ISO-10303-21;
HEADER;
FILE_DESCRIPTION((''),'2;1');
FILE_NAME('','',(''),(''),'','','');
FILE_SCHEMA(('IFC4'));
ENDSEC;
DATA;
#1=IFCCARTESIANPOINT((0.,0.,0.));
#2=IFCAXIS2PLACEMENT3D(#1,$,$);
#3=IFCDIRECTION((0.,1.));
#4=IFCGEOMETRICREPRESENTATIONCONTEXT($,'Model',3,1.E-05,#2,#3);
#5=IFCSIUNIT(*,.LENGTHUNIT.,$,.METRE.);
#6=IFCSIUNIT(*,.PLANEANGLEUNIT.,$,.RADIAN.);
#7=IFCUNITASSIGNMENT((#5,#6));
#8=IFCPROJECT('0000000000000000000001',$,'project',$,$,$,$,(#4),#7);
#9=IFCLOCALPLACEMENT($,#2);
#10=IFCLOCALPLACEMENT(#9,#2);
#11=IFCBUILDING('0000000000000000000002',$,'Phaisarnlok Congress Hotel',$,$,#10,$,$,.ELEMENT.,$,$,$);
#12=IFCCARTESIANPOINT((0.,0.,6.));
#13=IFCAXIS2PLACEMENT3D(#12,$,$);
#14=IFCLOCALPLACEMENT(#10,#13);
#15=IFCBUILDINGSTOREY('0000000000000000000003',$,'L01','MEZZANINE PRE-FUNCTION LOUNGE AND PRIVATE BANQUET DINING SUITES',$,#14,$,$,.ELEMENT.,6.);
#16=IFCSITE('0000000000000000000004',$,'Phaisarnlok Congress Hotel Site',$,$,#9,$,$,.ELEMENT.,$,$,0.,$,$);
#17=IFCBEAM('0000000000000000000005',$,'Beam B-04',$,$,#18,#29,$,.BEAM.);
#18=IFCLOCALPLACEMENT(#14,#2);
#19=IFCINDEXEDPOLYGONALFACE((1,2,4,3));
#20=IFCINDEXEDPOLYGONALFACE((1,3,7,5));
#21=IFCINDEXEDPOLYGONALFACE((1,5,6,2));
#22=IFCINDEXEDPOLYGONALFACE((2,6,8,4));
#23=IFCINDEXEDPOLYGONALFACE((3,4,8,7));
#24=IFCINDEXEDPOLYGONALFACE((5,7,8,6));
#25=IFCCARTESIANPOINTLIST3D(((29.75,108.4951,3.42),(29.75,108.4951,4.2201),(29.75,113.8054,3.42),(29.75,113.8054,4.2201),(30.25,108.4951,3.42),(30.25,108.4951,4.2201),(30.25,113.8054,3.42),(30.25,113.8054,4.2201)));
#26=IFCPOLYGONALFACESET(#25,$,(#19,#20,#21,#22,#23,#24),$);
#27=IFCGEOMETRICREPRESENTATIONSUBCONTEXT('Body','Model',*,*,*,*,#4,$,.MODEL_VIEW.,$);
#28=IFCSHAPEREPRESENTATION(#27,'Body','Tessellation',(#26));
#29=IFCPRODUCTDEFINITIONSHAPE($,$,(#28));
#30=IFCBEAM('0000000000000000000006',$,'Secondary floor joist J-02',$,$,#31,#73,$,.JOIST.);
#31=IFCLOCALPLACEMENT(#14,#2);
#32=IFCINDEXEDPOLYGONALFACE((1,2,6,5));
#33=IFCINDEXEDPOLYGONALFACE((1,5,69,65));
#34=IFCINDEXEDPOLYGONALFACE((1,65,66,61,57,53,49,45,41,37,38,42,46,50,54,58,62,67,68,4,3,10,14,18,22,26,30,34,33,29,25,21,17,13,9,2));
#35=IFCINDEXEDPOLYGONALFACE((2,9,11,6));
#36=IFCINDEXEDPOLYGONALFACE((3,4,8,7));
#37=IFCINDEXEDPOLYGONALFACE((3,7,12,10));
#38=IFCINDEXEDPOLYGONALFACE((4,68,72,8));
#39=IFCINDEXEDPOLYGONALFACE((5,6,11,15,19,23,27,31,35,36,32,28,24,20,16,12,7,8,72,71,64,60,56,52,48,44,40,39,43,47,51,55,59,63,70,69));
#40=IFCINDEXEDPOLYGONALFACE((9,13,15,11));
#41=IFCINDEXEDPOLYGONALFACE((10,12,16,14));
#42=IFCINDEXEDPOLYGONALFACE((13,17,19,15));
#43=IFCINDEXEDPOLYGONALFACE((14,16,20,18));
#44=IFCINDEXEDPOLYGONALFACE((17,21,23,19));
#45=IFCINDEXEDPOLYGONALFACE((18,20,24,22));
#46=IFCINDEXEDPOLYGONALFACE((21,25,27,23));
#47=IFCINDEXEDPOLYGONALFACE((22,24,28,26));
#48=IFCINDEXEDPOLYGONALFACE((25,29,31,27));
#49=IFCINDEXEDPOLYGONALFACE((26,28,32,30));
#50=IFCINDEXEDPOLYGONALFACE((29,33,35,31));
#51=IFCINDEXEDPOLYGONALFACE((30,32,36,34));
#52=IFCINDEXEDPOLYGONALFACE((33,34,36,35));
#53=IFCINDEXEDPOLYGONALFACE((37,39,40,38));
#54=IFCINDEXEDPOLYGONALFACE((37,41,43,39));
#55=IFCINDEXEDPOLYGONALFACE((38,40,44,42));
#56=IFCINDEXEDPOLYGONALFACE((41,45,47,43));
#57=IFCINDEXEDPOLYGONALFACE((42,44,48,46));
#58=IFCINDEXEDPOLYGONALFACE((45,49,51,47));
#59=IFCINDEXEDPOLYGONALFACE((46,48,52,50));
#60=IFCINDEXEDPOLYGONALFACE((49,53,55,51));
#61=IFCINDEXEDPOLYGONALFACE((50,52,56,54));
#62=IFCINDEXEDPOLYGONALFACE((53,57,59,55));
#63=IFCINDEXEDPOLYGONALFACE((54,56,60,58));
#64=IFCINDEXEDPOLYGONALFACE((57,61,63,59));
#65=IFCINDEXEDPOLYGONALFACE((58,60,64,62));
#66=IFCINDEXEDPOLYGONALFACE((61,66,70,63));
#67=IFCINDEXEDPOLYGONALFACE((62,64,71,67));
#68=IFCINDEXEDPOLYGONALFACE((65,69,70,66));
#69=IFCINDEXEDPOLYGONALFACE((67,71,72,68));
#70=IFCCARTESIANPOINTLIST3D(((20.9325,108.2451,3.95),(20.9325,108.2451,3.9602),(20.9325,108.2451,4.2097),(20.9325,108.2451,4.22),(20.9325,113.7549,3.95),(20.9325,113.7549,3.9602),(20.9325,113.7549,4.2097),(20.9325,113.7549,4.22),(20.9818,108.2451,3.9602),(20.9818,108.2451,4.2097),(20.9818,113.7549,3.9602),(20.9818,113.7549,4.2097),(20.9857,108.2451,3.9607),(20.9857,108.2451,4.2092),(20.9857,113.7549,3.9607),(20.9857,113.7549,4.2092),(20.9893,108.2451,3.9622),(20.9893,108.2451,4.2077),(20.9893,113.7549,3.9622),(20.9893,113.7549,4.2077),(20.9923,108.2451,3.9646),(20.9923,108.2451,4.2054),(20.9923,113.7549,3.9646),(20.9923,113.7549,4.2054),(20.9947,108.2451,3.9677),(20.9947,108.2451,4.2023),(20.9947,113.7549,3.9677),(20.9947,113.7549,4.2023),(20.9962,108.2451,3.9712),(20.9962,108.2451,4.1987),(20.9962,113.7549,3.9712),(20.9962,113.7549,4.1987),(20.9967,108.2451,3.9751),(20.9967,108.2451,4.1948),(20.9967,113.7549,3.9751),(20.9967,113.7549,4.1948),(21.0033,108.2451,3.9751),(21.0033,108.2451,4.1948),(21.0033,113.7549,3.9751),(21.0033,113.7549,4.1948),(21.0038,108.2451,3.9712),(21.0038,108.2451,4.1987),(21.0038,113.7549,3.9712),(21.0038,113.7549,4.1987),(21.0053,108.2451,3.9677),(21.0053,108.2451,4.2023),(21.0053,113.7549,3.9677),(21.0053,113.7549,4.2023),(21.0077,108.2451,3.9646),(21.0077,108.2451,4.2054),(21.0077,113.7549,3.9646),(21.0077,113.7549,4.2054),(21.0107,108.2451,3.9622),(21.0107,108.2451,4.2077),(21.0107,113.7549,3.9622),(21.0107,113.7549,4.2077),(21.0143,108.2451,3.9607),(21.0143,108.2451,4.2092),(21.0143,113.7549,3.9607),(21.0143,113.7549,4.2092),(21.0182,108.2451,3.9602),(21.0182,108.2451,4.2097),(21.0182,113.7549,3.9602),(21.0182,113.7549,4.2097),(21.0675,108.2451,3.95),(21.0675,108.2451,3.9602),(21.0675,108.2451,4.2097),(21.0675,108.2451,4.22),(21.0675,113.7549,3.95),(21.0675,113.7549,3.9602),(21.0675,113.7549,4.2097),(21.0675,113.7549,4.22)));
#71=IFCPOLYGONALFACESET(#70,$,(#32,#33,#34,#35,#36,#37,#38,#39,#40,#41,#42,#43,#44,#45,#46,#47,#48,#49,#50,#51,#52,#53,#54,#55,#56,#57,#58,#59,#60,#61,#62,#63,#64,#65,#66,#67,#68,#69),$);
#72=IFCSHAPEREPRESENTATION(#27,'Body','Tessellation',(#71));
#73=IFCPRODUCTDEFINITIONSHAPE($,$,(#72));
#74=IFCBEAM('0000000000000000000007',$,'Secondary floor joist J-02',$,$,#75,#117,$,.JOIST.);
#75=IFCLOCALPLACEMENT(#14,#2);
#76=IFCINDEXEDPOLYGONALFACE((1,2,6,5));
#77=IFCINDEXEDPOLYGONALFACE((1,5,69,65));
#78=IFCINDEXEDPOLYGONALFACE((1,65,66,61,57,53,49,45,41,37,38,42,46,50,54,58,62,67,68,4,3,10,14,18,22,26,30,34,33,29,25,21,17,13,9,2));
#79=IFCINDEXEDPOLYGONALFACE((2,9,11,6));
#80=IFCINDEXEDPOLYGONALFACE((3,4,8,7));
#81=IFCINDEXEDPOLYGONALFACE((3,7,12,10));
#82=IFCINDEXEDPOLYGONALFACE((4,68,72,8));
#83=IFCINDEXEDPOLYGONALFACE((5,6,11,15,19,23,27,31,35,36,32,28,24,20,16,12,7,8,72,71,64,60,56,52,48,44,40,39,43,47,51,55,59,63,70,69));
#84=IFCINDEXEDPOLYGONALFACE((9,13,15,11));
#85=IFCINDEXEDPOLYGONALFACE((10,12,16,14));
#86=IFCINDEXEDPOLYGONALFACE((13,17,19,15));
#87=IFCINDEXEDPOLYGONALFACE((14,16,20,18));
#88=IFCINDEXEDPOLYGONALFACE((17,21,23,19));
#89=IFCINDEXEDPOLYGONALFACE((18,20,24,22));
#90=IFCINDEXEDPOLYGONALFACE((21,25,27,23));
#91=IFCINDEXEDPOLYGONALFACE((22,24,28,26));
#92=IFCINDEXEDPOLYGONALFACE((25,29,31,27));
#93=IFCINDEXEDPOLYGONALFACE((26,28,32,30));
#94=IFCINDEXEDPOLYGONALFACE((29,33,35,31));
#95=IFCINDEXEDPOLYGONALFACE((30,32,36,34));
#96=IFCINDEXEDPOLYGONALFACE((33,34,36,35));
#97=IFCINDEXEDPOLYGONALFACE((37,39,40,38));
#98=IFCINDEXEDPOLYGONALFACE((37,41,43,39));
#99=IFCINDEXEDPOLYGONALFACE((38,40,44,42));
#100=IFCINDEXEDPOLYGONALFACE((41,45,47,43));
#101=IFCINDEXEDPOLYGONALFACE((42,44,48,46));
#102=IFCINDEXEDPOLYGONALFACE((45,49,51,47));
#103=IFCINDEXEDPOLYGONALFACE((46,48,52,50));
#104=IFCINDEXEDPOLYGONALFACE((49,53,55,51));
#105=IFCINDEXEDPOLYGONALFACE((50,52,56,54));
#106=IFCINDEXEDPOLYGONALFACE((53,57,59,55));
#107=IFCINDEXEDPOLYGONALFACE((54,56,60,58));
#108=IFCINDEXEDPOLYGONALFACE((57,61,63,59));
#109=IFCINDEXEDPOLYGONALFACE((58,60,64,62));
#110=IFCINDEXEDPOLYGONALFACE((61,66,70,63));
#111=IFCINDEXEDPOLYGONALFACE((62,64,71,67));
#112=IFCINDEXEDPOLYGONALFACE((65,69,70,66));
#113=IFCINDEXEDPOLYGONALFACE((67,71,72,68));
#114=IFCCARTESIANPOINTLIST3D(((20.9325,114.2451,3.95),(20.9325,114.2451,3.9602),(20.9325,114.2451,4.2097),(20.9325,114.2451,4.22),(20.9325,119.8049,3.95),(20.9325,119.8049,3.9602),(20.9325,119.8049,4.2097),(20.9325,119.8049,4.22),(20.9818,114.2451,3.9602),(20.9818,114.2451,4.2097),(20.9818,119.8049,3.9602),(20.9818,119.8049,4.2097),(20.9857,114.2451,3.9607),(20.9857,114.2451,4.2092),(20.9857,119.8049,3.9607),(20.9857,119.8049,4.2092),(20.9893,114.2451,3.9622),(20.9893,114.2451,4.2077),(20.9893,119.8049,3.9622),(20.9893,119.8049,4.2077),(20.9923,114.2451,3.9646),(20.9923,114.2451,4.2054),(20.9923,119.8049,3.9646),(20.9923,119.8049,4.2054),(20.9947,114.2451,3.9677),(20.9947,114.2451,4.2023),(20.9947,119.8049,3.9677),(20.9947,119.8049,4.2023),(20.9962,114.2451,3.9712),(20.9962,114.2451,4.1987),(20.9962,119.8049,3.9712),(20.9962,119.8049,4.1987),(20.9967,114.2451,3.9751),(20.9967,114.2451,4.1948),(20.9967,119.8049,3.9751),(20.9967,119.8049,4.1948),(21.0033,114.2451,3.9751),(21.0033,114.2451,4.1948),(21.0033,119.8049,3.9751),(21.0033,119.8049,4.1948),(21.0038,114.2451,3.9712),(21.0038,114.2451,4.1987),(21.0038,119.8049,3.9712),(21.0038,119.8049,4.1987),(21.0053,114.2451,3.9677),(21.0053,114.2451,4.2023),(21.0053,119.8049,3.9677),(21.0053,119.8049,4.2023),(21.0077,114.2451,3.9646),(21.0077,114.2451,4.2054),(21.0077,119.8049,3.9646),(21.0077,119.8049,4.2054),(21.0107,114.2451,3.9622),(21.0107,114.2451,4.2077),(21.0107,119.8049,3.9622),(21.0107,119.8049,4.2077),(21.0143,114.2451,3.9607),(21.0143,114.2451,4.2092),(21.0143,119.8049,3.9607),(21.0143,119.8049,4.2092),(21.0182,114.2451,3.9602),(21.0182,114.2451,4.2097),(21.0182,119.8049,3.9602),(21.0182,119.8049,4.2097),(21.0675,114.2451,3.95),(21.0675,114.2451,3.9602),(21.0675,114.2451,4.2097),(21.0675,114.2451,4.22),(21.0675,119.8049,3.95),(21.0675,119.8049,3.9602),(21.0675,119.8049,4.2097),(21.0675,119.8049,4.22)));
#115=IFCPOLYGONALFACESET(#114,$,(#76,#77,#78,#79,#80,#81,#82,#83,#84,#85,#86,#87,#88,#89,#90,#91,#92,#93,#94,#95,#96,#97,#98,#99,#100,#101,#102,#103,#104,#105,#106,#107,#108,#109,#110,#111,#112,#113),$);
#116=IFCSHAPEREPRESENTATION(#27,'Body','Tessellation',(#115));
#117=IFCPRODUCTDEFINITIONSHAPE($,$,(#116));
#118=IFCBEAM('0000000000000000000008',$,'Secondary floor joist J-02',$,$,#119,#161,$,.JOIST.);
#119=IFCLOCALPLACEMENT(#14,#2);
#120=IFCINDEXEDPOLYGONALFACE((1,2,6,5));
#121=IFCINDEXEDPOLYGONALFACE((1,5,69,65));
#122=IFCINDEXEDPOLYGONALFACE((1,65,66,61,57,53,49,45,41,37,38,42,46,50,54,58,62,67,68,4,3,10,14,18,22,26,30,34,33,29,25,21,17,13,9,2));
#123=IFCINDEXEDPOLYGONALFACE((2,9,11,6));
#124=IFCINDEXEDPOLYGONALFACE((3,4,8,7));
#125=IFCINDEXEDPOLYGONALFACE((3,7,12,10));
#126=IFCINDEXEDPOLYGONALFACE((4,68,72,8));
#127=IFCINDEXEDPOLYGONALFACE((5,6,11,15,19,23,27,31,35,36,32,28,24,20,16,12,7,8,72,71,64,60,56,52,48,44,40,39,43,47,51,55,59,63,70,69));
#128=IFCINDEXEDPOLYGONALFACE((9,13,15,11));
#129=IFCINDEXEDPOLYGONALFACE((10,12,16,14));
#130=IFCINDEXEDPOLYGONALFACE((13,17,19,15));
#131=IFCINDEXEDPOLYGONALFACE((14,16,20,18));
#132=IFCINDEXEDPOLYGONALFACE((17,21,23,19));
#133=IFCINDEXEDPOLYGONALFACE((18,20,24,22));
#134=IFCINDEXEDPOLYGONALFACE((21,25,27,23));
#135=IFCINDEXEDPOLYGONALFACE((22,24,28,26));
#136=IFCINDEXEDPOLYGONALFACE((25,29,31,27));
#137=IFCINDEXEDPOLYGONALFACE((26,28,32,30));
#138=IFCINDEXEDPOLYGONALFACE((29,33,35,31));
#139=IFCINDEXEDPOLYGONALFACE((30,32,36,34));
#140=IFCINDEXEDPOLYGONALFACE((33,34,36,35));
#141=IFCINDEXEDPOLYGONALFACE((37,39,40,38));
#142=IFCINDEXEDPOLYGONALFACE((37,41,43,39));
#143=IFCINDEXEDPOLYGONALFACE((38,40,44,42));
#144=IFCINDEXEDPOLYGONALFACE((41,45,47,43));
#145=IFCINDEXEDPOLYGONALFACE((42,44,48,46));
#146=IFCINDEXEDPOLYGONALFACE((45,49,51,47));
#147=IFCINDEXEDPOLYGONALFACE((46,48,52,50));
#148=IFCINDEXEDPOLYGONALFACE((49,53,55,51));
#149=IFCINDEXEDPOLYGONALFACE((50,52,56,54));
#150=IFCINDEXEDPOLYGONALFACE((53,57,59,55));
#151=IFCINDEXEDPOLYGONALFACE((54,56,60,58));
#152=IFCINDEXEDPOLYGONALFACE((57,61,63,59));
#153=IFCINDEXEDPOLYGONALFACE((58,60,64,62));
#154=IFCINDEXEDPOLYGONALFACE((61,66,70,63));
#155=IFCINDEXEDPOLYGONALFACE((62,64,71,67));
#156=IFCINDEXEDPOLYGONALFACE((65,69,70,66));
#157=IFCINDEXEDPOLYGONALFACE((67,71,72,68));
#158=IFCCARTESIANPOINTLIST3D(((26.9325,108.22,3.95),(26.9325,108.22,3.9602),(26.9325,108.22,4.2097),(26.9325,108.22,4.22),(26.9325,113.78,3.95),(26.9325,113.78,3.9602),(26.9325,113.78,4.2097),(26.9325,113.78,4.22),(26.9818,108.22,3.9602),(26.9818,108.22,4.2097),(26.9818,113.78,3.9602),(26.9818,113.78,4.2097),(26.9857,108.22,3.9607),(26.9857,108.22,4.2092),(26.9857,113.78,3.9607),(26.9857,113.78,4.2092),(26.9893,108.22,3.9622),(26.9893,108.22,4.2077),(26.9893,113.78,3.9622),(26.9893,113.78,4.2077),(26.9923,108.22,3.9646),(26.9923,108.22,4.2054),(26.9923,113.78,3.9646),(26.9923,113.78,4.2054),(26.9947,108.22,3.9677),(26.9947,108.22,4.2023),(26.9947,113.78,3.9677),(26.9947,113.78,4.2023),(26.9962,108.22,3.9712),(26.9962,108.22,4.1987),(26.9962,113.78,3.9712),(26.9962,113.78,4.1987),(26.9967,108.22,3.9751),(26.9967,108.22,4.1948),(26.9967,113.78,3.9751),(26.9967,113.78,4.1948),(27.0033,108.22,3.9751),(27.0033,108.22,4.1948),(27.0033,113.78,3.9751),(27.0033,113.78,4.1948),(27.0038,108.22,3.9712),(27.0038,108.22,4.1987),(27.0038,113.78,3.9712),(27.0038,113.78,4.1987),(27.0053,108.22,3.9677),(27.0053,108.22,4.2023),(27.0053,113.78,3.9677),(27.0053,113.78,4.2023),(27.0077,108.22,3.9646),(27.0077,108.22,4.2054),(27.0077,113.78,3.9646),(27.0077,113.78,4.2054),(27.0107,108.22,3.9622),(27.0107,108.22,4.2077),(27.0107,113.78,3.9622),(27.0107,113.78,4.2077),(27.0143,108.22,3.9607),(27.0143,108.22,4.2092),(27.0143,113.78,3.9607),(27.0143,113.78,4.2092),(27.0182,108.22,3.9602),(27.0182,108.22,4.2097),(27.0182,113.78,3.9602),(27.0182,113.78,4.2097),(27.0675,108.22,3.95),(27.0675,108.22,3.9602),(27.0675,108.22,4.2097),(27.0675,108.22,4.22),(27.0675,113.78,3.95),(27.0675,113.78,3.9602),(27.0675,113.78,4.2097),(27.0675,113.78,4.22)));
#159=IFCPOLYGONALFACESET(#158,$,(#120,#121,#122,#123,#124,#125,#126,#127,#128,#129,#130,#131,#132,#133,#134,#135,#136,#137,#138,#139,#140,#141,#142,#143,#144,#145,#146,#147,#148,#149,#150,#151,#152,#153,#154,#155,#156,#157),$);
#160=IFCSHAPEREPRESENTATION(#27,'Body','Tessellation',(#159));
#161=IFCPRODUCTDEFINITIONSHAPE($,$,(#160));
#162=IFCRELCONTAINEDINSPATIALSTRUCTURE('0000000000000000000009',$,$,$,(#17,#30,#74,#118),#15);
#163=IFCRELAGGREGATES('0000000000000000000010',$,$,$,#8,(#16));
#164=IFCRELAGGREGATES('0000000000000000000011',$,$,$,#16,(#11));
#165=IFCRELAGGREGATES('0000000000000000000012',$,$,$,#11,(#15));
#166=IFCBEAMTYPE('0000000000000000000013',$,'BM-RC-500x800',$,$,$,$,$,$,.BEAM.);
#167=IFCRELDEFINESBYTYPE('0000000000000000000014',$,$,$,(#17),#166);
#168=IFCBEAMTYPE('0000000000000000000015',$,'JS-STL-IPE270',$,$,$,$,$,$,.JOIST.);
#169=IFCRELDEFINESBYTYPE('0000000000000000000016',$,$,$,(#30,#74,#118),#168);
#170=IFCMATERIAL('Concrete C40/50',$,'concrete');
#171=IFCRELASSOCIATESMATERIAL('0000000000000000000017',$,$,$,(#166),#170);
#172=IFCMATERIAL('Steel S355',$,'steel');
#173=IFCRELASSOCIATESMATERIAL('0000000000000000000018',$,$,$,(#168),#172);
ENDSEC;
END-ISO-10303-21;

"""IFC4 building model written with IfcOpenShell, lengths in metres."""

from ifc_helpers import new_model, si_unit, direction, frame, origin, origin_2d, place, context, subcontext, project, spatial, rectangle, i_section, extrude, material, material_profile, profile_set, type_object, element, save


model = new_model("IFC4")

# Units and contexts
model_context = context("Model", 3, precision=1e-05, world=origin(), true_north=direction((0.0, 1.0)))
body_context = subcontext(model_context, "Body", "Model", "MODEL_VIEW")
ifc_project = project(units=[si_unit("LENGTHUNIT", "METRE"), si_unit("PLANEANGLEUNIT", "RADIAN")], contexts=[model_context])

# Site, building, storey
site_placement = place(None, origin())
site = spatial("IfcSite", under=ifc_project, at=site_placement, Name="Phaisarnlok Congress Hotel Site", CompositionType="ELEMENT", RefElevation=0.0)
building_placement = place(site_placement, origin())
building = spatial("IfcBuilding", under=site, at=building_placement, Name="Phaisarnlok Congress Hotel", CompositionType="ELEMENT")
storey_placement = place(building_placement, frame((0.0, 0.0, 6.0)))
storey = spatial("IfcBuildingStorey", under=building, at=storey_placement, Name="L01", Description="MEZZANINE PRE-FUNCTION LOUNGE AND PRIVATE BANQUET DINING SUITES", CompositionType="ELEMENT", Elevation=6.0)

# Shared definitions
ifc_material_1 = material(Name="Steel S355", Category="steel")

# Beams
ifc_material_2 = material(Name="Concrete C40/50", Category="concrete")
ifc_material_profile_1 = material_profile(ifc_material_2, rectangle(XDim=0.5, YDim=0.8, at=origin_2d()), Name="RC 500x800")
ifc_profile_set_1 = profile_set([ifc_material_profile_1], Name="Concrete C40/50")
beam_type_1 = type_object("IfcBeamType", Name="BM-RC-500x800", PredefinedType="BEAM", material=ifc_profile_set_1)
beam_1_placement = place(storey_placement, frame((30.0, 108.4951, 3.8201), z_axis=(0.0, 1.0, 0.0), x_axis=(-1.0, 0.0, 0.0)))
element("IfcBeam", 1, at=beam_1_placement, inside=storey, type_object=beam_type_1, Name="Beam B-04", PredefinedType="BEAM", context=body_context, shape_type="SweptSolid", body=[
    extrude(rectangle(XDim=0.5, YDim=0.8, at=origin_2d()), origin(), (0.0, 0.0, 1.0), 5.3103),
])
ifc_material_profile_2 = material_profile(ifc_material_1, i_section(OverallWidth=0.135, OverallDepth=0.27, WebThickness=0.0066, FlangeThickness=0.0103, FilletRadius=0.0149, at=origin_2d()), Name="IPE 270")
ifc_profile_set_2 = profile_set([ifc_material_profile_2], Name="Steel S355")
beam_type_2 = type_object("IfcBeamType", Name="JS-STL-IPE270", PredefinedType="JOIST", material=ifc_profile_set_2)
beam_2_placement = place(storey_placement, frame((21.0, 108.2451, 4.085), z_axis=(0.0, 1.0, 0.0), x_axis=(-1.0, 0.0, 0.0)))
element("IfcBeam", 2, at=beam_2_placement, inside=storey, type_object=beam_type_2, Name="Secondary floor joist J-02", PredefinedType="JOIST", context=body_context, shape_type="SweptSolid", body=[
    extrude(i_section(OverallWidth=0.135, OverallDepth=0.27, WebThickness=0.0066, FlangeThickness=0.0103, FilletRadius=0.0149, at=origin_2d()), origin(), (0.0, 0.0, 1.0), 5.5098),
])
beam_3_placement = place(storey_placement, frame((21.0, 114.2451, 4.085), z_axis=(0.0, 1.0, 0.0), x_axis=(-1.0, 0.0, 0.0)))
element("IfcBeam", 3, at=beam_3_placement, inside=storey, type_object=beam_type_2, Name="Secondary floor joist J-02", PredefinedType="JOIST", context=body_context, shape_type="SweptSolid", body=[
    extrude(i_section(OverallWidth=0.135, OverallDepth=0.27, WebThickness=0.0066, FlangeThickness=0.0103, FilletRadius=0.0149, at=origin_2d()), origin(), (0.0, 0.0, 1.0), 5.5598),
])
beam_4_placement = place(storey_placement, frame((27.0, 108.22, 4.085), z_axis=(0.0, 1.0, 0.0), x_axis=(-1.0, 0.0, 0.0)))
element("IfcBeam", 4, at=beam_4_placement, inside=storey, type_object=beam_type_2, Name="Secondary floor joist J-02", PredefinedType="JOIST", context=body_context, shape_type="SweptSolid", body=[
    extrude(i_section(OverallWidth=0.135, OverallDepth=0.27, WebThickness=0.0066, FlangeThickness=0.0103, FilletRadius=0.0149, at=origin_2d()), origin(), (0.0, 0.0, 1.0), 5.5601),
])

save(model, "model.ifc")
